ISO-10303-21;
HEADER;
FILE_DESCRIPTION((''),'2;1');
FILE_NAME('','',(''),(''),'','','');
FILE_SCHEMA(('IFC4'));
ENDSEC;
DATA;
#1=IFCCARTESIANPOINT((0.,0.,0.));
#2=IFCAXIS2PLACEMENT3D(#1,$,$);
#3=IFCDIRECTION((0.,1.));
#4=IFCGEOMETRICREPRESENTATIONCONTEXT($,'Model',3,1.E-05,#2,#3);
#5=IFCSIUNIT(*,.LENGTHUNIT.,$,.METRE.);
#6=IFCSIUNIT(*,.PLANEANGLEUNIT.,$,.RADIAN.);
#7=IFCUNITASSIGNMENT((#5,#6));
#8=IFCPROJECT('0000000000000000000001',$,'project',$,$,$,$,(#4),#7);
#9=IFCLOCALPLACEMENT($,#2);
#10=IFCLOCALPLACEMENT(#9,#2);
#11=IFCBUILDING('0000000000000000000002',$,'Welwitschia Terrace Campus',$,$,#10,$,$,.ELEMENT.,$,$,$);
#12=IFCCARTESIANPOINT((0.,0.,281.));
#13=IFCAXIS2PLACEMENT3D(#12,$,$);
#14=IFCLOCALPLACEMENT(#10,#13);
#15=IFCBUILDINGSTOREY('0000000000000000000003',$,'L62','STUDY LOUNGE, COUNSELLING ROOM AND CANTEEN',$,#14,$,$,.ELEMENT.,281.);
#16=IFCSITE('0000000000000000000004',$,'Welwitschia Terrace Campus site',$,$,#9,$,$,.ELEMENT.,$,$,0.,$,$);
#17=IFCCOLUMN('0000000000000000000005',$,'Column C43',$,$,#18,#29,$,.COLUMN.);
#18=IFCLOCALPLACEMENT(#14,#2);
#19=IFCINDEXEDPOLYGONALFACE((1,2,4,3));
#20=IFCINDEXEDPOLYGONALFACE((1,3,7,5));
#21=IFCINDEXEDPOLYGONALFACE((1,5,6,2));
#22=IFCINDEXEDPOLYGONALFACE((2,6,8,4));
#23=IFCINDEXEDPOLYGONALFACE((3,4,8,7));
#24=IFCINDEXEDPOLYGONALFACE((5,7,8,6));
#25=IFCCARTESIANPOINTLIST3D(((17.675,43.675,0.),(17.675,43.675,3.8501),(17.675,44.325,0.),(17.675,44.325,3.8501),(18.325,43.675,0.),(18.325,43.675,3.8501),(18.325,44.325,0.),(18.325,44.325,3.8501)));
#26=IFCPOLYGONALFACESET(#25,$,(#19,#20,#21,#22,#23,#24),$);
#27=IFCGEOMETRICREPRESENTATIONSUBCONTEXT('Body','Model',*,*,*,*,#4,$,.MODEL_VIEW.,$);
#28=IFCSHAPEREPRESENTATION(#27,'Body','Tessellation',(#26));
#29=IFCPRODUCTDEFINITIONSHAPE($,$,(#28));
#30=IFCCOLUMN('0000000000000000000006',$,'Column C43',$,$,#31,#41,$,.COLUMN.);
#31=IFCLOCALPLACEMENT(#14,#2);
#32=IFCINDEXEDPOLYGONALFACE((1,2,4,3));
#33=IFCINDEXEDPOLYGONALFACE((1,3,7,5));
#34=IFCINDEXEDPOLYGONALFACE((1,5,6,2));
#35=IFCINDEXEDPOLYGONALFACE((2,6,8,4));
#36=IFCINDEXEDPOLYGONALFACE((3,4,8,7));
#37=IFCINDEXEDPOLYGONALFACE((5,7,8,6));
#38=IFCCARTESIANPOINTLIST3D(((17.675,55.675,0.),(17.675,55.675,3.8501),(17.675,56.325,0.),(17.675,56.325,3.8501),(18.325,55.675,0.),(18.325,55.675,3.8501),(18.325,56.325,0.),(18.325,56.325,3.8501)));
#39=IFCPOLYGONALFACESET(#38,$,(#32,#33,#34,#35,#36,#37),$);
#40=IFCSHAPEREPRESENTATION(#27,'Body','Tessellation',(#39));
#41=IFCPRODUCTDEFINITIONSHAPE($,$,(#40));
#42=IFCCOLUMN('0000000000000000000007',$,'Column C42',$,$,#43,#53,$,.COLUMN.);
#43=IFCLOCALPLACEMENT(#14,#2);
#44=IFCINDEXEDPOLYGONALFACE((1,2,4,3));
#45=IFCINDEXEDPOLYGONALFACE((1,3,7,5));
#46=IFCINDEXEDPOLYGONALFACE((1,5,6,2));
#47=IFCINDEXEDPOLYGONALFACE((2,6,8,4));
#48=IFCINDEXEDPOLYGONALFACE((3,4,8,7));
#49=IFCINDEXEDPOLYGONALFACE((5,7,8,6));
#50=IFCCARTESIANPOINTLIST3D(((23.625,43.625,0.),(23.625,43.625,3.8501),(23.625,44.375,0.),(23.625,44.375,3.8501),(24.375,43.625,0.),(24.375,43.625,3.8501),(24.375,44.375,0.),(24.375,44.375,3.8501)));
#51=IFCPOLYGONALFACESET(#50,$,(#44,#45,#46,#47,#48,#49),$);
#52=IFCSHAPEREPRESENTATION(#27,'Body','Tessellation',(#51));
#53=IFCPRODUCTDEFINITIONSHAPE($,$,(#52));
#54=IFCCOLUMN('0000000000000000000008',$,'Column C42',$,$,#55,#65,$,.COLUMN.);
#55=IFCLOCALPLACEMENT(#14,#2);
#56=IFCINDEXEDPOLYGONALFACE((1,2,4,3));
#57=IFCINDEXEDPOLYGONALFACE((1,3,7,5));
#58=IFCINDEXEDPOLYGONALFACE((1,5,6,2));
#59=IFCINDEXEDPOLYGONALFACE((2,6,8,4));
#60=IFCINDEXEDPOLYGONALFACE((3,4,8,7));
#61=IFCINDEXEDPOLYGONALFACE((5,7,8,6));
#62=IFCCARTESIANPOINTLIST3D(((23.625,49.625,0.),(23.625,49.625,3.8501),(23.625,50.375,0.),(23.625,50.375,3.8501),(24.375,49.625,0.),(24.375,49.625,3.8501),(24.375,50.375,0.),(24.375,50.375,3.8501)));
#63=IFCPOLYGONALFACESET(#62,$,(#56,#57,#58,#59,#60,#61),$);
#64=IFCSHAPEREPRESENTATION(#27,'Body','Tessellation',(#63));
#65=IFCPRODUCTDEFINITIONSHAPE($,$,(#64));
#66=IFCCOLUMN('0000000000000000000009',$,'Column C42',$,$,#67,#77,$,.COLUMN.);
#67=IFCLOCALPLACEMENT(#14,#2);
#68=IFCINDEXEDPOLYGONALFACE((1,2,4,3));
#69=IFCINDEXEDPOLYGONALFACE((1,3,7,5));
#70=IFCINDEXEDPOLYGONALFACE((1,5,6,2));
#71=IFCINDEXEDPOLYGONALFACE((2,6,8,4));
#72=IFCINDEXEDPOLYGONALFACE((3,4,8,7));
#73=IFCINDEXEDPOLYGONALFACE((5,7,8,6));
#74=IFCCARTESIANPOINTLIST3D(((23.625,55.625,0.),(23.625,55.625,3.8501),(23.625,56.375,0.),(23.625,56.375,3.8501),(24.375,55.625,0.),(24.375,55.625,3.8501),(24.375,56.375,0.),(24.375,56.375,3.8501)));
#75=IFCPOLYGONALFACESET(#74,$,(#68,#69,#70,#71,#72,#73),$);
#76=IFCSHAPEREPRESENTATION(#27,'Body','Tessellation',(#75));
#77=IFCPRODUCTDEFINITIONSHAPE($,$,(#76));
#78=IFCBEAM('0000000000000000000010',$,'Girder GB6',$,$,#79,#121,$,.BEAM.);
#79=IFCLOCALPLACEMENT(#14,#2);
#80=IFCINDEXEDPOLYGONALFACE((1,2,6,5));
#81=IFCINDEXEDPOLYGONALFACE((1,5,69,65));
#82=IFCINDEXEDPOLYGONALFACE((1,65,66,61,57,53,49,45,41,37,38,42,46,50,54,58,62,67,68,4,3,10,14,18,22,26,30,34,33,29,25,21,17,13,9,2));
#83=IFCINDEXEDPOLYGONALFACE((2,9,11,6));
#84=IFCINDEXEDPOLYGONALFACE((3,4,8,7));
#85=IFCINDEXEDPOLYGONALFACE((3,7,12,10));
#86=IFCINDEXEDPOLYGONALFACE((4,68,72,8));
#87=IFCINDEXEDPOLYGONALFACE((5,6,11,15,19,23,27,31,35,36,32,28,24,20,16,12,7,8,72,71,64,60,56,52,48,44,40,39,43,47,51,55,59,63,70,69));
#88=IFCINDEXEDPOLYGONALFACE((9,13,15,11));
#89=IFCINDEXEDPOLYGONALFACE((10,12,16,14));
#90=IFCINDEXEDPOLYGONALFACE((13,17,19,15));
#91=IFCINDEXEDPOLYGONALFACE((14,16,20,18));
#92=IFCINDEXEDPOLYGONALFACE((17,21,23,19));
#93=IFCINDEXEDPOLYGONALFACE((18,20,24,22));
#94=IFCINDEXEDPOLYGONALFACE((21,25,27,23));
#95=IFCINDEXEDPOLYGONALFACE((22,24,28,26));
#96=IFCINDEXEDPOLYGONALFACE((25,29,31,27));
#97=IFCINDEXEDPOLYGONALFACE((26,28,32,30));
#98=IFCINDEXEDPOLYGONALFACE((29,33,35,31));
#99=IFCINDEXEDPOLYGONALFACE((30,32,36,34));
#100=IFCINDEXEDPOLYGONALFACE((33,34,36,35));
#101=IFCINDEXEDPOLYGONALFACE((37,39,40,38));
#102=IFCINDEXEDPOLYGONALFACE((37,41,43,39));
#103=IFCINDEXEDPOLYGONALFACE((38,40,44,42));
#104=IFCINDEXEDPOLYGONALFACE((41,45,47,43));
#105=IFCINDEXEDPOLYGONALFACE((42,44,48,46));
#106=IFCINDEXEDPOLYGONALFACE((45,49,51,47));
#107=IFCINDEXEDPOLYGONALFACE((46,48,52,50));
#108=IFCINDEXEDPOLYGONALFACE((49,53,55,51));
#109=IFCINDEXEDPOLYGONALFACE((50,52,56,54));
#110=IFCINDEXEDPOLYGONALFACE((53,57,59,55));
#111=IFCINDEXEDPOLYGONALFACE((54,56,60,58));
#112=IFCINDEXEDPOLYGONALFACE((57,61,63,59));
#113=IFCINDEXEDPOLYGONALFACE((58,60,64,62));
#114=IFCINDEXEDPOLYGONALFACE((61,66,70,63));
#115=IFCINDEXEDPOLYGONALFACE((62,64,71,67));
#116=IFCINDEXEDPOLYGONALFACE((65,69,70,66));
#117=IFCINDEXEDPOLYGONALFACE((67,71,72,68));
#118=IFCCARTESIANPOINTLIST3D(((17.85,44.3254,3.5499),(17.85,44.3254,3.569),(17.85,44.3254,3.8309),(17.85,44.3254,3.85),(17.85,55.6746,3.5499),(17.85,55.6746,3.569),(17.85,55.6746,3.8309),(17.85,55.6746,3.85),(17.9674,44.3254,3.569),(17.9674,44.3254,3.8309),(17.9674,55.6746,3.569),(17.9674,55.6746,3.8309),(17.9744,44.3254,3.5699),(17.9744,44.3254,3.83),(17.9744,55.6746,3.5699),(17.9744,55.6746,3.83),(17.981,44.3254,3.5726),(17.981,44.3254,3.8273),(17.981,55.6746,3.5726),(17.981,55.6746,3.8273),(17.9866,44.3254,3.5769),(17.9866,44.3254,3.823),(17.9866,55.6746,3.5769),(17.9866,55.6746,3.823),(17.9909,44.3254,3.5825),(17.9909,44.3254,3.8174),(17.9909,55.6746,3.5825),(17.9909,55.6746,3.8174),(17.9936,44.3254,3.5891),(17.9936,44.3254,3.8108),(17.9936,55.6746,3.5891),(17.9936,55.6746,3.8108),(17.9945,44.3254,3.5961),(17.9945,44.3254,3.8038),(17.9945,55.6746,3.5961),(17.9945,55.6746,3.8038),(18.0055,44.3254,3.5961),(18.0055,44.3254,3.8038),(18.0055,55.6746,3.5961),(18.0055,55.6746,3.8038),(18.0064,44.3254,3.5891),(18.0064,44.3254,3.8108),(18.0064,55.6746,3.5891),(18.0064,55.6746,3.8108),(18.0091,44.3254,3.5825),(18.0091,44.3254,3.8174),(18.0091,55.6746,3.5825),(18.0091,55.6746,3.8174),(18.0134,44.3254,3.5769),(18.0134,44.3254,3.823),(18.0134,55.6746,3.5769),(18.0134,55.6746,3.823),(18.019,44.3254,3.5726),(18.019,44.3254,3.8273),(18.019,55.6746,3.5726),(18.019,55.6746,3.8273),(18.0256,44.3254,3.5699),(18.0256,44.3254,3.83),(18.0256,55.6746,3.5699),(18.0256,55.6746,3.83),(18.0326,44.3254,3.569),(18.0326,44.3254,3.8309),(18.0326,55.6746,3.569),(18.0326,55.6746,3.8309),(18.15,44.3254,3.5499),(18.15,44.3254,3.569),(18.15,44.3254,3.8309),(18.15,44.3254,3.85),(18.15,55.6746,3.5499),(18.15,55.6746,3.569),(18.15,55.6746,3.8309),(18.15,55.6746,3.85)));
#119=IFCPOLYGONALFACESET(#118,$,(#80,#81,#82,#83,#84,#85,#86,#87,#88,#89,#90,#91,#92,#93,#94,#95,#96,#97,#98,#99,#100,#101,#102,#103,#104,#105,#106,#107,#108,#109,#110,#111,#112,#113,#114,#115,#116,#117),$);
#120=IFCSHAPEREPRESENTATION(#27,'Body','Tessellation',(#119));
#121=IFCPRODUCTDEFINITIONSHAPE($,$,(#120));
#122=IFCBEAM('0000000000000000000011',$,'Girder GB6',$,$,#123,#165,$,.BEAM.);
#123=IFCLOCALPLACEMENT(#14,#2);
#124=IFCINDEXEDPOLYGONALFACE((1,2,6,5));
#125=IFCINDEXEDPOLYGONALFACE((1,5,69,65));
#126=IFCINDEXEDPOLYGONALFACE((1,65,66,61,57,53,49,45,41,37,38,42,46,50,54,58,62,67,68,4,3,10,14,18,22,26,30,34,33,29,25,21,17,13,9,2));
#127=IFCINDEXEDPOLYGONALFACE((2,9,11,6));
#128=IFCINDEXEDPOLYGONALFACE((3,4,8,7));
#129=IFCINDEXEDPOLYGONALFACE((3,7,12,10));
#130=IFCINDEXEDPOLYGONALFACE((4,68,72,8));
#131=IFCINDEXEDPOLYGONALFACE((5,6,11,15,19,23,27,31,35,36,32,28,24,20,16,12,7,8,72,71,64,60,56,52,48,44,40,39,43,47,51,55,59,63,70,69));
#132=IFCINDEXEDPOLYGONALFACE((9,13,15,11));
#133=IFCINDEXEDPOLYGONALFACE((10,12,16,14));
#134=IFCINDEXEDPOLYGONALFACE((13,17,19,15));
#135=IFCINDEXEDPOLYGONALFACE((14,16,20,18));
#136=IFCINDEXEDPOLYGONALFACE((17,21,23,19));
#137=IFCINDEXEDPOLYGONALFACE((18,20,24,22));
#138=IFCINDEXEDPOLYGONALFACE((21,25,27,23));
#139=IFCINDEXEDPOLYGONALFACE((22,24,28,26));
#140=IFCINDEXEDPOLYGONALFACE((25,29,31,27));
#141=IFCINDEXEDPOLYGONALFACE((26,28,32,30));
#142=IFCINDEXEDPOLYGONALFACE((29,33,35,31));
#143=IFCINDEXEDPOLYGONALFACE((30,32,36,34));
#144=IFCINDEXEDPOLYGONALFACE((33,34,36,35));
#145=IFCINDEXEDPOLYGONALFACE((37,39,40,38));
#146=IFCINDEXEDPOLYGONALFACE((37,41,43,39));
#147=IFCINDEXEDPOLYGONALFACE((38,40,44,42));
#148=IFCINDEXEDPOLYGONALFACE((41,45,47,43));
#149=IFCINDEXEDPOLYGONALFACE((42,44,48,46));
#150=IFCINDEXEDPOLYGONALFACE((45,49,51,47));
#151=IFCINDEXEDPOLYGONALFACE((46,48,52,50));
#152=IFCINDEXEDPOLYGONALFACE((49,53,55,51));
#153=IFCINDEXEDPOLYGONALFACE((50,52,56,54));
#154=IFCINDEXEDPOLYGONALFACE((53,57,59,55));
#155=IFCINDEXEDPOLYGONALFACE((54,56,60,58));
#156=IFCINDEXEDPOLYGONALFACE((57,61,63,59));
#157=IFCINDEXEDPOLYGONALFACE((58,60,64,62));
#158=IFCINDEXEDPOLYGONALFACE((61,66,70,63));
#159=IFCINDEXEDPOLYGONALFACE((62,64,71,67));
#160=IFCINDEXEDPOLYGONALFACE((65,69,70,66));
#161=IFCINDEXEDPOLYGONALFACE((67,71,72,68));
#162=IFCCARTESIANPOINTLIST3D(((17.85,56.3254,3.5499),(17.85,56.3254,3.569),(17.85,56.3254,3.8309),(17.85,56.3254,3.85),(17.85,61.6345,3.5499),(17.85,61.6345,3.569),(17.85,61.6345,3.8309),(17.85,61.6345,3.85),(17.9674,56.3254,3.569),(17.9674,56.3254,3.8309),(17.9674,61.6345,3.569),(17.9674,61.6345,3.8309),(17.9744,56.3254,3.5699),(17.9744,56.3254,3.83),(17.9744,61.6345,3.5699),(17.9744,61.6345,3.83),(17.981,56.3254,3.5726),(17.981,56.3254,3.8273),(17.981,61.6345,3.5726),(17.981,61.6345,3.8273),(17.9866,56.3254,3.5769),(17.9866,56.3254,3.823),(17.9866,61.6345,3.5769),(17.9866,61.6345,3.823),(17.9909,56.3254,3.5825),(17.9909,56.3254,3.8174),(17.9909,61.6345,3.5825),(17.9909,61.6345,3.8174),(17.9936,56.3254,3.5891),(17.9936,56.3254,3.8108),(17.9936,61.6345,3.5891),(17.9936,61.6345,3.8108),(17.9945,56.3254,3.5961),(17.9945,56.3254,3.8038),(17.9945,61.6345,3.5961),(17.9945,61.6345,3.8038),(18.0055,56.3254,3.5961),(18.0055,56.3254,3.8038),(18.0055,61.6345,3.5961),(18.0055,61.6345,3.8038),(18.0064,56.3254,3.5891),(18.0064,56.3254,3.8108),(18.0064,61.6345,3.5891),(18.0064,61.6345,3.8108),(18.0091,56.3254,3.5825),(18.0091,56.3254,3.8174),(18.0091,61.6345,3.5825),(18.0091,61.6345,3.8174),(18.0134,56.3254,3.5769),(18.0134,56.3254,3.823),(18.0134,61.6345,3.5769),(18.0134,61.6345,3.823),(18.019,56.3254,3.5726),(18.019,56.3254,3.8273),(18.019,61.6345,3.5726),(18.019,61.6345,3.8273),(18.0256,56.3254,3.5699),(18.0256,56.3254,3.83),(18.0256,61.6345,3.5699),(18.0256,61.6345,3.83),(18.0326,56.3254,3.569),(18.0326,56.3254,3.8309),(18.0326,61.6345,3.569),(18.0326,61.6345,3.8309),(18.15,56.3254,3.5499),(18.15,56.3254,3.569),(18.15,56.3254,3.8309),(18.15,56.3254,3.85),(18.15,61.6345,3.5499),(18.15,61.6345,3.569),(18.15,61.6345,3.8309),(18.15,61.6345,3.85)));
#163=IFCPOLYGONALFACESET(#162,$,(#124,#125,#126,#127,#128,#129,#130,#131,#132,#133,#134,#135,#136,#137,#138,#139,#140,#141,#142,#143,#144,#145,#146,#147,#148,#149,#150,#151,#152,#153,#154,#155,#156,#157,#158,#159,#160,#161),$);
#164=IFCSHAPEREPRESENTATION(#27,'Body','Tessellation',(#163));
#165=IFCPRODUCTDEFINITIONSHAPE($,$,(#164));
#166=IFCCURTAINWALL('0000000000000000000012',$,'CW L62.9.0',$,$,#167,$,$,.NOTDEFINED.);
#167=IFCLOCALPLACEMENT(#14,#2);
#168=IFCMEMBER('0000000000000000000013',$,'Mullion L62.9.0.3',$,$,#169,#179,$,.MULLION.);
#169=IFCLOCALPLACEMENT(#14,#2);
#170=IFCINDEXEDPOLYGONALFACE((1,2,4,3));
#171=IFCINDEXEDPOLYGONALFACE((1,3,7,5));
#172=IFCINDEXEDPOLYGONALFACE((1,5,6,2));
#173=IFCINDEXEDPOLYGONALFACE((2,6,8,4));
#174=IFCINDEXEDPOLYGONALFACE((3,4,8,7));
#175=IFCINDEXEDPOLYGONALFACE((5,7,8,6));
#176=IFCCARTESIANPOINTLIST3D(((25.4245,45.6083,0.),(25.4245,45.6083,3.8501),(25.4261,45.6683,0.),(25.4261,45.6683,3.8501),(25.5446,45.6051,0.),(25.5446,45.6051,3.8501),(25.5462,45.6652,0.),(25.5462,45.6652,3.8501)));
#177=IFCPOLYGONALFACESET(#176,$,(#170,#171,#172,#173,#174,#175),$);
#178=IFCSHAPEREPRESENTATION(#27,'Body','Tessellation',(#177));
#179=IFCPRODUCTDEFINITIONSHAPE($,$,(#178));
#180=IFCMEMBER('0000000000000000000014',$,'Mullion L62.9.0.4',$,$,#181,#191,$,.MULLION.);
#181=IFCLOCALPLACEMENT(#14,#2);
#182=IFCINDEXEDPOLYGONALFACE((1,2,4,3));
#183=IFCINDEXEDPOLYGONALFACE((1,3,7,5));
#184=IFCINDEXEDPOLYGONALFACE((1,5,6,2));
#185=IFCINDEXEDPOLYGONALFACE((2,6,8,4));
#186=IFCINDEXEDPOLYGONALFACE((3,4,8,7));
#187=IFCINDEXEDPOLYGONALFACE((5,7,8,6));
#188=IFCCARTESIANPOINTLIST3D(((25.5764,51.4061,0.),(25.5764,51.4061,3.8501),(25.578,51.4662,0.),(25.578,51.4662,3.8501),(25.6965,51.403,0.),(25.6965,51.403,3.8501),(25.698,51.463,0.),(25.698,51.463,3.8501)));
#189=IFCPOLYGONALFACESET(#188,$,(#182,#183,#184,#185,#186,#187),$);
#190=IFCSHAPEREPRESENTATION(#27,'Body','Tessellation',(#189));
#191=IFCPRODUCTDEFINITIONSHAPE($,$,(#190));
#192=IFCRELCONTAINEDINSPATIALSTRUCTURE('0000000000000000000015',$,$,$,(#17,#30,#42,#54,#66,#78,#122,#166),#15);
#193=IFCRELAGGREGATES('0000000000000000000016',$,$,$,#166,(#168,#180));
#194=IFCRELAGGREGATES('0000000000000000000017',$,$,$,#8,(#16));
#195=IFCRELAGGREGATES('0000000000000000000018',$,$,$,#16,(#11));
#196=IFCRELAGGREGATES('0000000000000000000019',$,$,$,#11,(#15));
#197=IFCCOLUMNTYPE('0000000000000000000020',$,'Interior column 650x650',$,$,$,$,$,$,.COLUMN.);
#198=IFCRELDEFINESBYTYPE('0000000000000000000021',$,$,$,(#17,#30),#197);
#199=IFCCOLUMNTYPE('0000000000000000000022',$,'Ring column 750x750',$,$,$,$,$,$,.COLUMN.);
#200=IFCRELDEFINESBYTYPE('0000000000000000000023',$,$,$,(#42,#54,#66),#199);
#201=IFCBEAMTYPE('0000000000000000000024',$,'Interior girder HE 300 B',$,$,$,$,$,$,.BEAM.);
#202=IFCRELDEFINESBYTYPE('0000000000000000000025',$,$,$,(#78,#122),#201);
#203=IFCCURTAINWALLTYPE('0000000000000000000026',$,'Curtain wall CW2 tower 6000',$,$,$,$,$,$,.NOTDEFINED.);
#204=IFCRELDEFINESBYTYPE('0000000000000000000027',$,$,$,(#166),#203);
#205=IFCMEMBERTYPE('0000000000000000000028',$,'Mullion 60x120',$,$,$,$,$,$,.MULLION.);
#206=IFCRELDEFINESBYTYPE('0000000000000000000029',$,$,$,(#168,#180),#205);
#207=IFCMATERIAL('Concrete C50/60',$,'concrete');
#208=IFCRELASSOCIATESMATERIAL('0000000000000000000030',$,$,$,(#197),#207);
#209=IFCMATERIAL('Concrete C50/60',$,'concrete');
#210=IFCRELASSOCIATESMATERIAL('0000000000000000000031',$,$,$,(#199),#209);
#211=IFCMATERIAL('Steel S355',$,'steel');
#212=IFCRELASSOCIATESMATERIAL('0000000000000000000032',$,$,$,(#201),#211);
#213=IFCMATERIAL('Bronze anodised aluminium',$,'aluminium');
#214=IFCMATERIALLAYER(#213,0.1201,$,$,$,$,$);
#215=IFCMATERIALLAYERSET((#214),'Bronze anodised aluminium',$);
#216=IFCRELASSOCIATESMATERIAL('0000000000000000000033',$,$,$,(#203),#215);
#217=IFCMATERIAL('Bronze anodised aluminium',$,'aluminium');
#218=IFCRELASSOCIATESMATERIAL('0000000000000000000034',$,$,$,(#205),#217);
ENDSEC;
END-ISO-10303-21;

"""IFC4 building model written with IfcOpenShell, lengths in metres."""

from ifc_helpers import new_model, si_unit, direction, frame, origin, origin_2d, place, context, subcontext, project, spatial, rectangle, i_section, extrude, material, layer, layer_set, material_profile, profile_set, type_object, element, aggregate, save


model = new_model("IFC4")

# Units and contexts
model_context = context("Model", 3, precision=1e-05, world=origin(), true_north=direction((0.0, 1.0)))
body_context = subcontext(model_context, "Body", "Model", "MODEL_VIEW")
ifc_project = project(units=[si_unit("LENGTHUNIT", "METRE"), si_unit("PLANEANGLEUNIT", "RADIAN")], contexts=[model_context])

# Site, building, storey
site_placement = place(None, origin())
site = spatial("IfcSite", under=ifc_project, at=site_placement, Name="Welwitschia Terrace Campus site", CompositionType="ELEMENT", RefElevation=0.0)
building_placement = place(site_placement, origin())
building = spatial("IfcBuilding", under=site, at=building_placement, Name="Welwitschia Terrace Campus", CompositionType="ELEMENT")
storey_placement = place(building_placement, frame((0.0, 0.0, 281.0)))
storey = spatial("IfcBuildingStorey", under=building, at=storey_placement, Name="L62", Description="STUDY LOUNGE, COUNSELLING ROOM AND CANTEEN", CompositionType="ELEMENT", Elevation=281.0)

# Columns
ifc_material_1 = material(Name="Concrete C50/60", Category="concrete")
ifc_material_profile_1 = material_profile(ifc_material_1, rectangle(XDim=0.6499, YDim=0.6499, at=origin_2d()))
ifc_profile_set_1 = profile_set([ifc_material_profile_1], Name="Concrete C50/60")
column_type_1 = type_object("IfcColumnType", Name="Interior column 650x650", PredefinedType="COLUMN", material=ifc_profile_set_1)
for number, where, z_axis, x_axis, name in (
    (1, (18.0, 44.0, 0.0), (0.0, 0.0, 1.0), (1.0, 0.0, 0.0), "Column C43"),
    (2, (18.0, 56.0, 0.0), (0.0, 0.0, 1.0), (1.0, 0.0, 0.0), "Column C43"),
):
    element("IfcColumn", number, at=place(storey_placement, frame(where, z_axis=z_axis, x_axis=x_axis)), inside=storey, type_object=column_type_1, Name=name, PredefinedType="COLUMN", context=body_context, shape_type="SweptSolid", body=[
        extrude(rectangle(XDim=0.6499, YDim=0.6499, at=origin_2d()), origin(), (0.0, 0.0, 1.0), 3.8501),
    ])
ifc_material_2 = material(Name="Concrete C50/60", Category="concrete")
ifc_material_profile_2 = material_profile(ifc_material_2, rectangle(XDim=0.75, YDim=0.75, at=origin_2d()))
ifc_profile_set_2 = profile_set([ifc_material_profile_2], Name="Concrete C50/60")
column_type_2 = type_object("IfcColumnType", Name="Ring column 750x750", PredefinedType="COLUMN", material=ifc_profile_set_2)
for number, where, z_axis, x_axis, name in (
    (3, (24.0, 44.0, 0.0), (0.0, 0.0, 1.0), (1.0, 0.0, 0.0), "Column C42"),
    (4, (24.0, 50.0, 0.0), (0.0, 0.0, 1.0), (1.0, 0.0, 0.0), "Column C42"),
    (5, (24.0, 56.0, 0.0), (0.0, 0.0, 1.0), (1.0, 0.0, 0.0), "Column C42"),
):
    element("IfcColumn", number, at=place(storey_placement, frame(where, z_axis=z_axis, x_axis=x_axis)), inside=storey, type_object=column_type_2, Name=name, PredefinedType="COLUMN", context=body_context, shape_type="SweptSolid", body=[
        extrude(rectangle(XDim=0.75, YDim=0.75, at=origin_2d()), origin(), (0.0, 0.0, 1.0), 3.8501),
    ])

# Beams
ifc_material_3 = material(Name="Steel S355", Category="steel")
ifc_material_profile_3 = material_profile(ifc_material_3, i_section(OverallWidth=0.3, OverallDepth=0.3, WebThickness=0.011, FlangeThickness=0.019, FilletRadius=0.0271, at=origin_2d()))
ifc_profile_set_3 = profile_set([ifc_material_profile_3], Name="Steel S355")
beam_type_1 = type_object("IfcBeamType", Name="Interior girder HE 300 B", PredefinedType="BEAM", material=ifc_profile_set_3)
beam_1_placement = place(storey_placement, frame((18.0, 44.3254, 3.7), z_axis=(0.0, 1.0, 0.0), x_axis=(-1.0, 0.0, 0.0)))
element("IfcBeam", 6, at=beam_1_placement, inside=storey, type_object=beam_type_1, Name="Girder GB6", PredefinedType="BEAM", context=body_context, shape_type="SweptSolid", body=[
    extrude(i_section(OverallWidth=0.3, OverallDepth=0.3, WebThickness=0.011, FlangeThickness=0.019, FilletRadius=0.0271, at=origin_2d()), origin(), (0.0, 0.0, 1.0), 11.3491),
])
beam_2_placement = place(storey_placement, frame((18.0, 56.3254, 3.7), z_axis=(0.0, 1.0, 0.0), x_axis=(-1.0, 0.0, 0.0)))
element("IfcBeam", 7, at=beam_2_placement, inside=storey, type_object=beam_type_1, Name="Girder GB6", PredefinedType="BEAM", context=body_context, shape_type="SweptSolid", body=[
    extrude(i_section(OverallWidth=0.3, OverallDepth=0.3, WebThickness=0.011, FlangeThickness=0.019, FilletRadius=0.0271, at=origin_2d()), origin(), (0.0, 0.0, 1.0), 5.3091),
])

# Curtain wall, members
ifc_material_4 = material(Name="Bronze anodised aluminium", Category="aluminium")
ifc_layer_1 = layer(ifc_material_4, 0.1201)
ifc_layer_set_1 = layer_set([ifc_layer_1], Name="Bronze anodised aluminium")
curtain_wall_type = type_object("IfcCurtainWallType", Name="Curtain wall CW2 tower 6000", PredefinedType="NOTDEFINED", material=ifc_layer_set_1)
curtain_wall_placement = place(storey_placement, origin())
curtain_wall = element("IfcCurtainWall", 8, at=curtain_wall_placement, inside=storey, type_object=curtain_wall_type, Name="CW L62.9.0", PredefinedType="NOTDEFINED")
ifc_material_5 = material(Name="Bronze anodised aluminium", Category="aluminium")
ifc_material_profile_4 = material_profile(ifc_material_5, rectangle(XDim=0.1201, YDim=0.0601, at=origin_2d()))
ifc_profile_set_4 = profile_set([ifc_material_profile_4], Name="Bronze anodised aluminium")
member_type = type_object("IfcMemberType", Name="Mullion 60x120", PredefinedType="MULLION", material=ifc_profile_set_4)
member_1_placement = place(storey_placement, frame((25.4854, 45.6367, 0.0), z_axis=(0.0, 0.0, 1.0), x_axis=(-0.999657, 0.026177, 0.0)))
member_1 = element("IfcMember", 9, at=member_1_placement, type_object=member_type, Name="Mullion L62.9.0.3", PredefinedType="MULLION", context=body_context, shape_type="SweptSolid", body=[
    extrude(rectangle(XDim=0.1201, YDim=0.0601, at=origin_2d()), origin(), (0.0, 0.0, 1.0), 3.8501),
])
member_2_placement = place(storey_placement, frame((25.6372, 51.4346, 0.0), z_axis=(0.0, 0.0, 1.0), x_axis=(-0.999657, 0.026177, 0.0)))
member_2 = element("IfcMember", 10, at=member_2_placement, type_object=member_type, Name="Mullion L62.9.0.4", PredefinedType="MULLION", context=body_context, shape_type="SweptSolid", body=[
    extrude(rectangle(XDim=0.1201, YDim=0.0601, at=origin_2d()), origin(), (0.0, 0.0, 1.0), 3.8501),
])

aggregate(curtain_wall, [member_1, member_2])

save(model, "model.ifc")
